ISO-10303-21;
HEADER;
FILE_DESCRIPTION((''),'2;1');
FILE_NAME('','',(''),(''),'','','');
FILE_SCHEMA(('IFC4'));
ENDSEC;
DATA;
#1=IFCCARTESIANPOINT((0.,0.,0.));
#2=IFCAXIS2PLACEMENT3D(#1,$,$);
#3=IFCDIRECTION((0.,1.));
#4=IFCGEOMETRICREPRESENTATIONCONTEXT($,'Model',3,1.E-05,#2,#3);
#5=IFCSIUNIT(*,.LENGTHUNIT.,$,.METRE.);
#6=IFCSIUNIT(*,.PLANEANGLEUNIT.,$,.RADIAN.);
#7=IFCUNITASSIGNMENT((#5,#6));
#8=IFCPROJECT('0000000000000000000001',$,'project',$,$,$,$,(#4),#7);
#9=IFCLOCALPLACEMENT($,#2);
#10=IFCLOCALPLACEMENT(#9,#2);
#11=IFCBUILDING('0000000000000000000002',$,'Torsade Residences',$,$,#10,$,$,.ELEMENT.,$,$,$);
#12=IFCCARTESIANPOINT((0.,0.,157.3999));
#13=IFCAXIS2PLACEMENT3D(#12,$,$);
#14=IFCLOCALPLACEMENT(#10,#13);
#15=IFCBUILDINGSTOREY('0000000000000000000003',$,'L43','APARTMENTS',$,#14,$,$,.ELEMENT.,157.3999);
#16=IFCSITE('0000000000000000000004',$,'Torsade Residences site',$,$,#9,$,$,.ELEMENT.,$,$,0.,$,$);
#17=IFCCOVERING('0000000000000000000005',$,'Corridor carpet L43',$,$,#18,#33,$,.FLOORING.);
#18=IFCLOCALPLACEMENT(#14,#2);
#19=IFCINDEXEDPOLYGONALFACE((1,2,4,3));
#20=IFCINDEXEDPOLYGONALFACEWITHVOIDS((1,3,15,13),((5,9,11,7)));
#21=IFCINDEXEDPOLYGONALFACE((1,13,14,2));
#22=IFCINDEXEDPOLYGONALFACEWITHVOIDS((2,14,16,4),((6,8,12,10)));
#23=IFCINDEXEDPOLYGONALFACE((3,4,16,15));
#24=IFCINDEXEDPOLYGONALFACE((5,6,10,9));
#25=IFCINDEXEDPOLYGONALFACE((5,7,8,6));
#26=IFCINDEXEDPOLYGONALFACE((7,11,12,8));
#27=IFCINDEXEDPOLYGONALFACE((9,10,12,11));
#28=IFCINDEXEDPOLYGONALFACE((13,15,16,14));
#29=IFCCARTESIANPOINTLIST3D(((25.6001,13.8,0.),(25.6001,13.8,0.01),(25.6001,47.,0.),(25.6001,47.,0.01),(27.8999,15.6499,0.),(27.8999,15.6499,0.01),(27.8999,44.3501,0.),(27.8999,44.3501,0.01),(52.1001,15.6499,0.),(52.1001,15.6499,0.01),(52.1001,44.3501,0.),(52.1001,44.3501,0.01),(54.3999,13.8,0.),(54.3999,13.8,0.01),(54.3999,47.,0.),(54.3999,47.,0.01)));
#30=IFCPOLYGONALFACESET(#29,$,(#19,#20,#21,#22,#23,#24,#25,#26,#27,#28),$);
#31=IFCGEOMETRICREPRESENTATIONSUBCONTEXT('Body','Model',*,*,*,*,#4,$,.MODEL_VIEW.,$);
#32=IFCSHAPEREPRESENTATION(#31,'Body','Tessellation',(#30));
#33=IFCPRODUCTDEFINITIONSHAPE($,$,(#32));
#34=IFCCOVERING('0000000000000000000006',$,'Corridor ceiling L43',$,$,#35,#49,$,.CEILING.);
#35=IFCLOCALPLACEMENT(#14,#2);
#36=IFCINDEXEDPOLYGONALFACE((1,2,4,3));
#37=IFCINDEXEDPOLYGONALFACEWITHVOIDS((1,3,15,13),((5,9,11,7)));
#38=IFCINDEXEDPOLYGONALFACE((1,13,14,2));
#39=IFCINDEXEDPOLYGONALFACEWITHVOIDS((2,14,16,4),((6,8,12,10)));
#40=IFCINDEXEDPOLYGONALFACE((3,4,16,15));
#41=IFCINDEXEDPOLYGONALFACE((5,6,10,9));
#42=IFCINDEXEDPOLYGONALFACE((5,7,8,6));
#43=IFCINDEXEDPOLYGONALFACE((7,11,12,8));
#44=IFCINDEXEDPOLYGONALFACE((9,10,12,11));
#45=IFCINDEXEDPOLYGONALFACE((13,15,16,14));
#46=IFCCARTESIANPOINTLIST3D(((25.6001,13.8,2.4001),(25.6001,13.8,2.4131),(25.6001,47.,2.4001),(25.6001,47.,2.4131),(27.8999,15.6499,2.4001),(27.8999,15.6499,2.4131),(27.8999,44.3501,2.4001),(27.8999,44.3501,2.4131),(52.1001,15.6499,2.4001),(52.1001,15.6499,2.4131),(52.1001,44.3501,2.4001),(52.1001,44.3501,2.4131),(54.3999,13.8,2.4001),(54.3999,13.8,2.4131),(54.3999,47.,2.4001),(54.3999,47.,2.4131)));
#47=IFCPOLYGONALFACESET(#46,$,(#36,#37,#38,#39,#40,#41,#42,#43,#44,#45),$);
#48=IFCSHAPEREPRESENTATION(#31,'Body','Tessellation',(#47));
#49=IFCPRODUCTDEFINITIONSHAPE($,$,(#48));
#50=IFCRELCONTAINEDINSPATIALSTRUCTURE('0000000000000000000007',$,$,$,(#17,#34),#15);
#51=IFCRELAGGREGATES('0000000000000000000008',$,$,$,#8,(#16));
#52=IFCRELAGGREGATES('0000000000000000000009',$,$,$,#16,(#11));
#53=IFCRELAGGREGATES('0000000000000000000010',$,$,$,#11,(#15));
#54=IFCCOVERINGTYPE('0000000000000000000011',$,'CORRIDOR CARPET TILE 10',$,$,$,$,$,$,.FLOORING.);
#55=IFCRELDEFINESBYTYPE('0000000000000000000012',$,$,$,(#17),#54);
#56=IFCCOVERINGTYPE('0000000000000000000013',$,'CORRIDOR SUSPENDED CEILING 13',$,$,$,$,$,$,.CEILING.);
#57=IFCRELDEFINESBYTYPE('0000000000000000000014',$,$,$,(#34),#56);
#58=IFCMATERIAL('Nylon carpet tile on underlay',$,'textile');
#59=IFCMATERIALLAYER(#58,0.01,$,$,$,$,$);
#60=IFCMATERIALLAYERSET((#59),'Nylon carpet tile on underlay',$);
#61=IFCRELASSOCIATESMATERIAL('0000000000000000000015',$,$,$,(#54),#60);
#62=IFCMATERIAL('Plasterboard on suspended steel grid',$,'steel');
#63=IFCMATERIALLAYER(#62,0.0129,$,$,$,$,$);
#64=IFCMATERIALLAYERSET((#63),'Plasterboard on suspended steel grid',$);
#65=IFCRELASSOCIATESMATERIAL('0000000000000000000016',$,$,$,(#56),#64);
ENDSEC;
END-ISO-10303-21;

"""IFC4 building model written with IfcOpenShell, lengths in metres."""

from ifc_helpers import new_model, si_unit, direction, frame, origin, place, context, subcontext, project, spatial, polyline, outline, extrude, material, layer, layer_set, type_object, element, save


model = new_model("IFC4")

# Units and contexts
model_context = context("Model", 3, precision=1e-05, world=origin(), true_north=direction((0.0, 1.0)))
body_context = subcontext(model_context, "Body", "Model", "MODEL_VIEW")
ifc_project = project(units=[si_unit("LENGTHUNIT", "METRE"), si_unit("PLANEANGLEUNIT", "RADIAN")], contexts=[model_context])

# Site, building, storey
site_placement = place(None, origin())
site = spatial("IfcSite", under=ifc_project, at=site_placement, Name="Torsade Residences site", CompositionType="ELEMENT", RefElevation=0.0)
building_placement = place(site_placement, origin())
building = spatial("IfcBuilding", under=site, at=building_placement, Name="Torsade Residences", CompositionType="ELEMENT")
storey_placement = place(building_placement, frame((0.0, 0.0, 157.3999)))
storey = spatial("IfcBuildingStorey", under=building, at=storey_placement, Name="L43", Description="APARTMENTS", CompositionType="ELEMENT", Elevation=157.3999)

# Coverings
ifc_material_1 = material(Name="Nylon carpet tile on underlay", Category="textile")
ifc_layer_1 = layer(ifc_material_1, 0.01)
ifc_layer_set_1 = layer_set([ifc_layer_1], Name="Nylon carpet tile on underlay")
covering_type_1 = type_object("IfcCoveringType", Name="CORRIDOR CARPET TILE 10", PredefinedType="FLOORING", material=ifc_layer_set_1)
covering_1_placement = place(storey_placement, origin())
element("IfcCovering", 1, at=covering_1_placement, inside=storey, type_object=covering_type_1, Name="Corridor carpet L43", PredefinedType="FLOORING", context=body_context, shape_type="SweptSolid", body=[
    extrude(outline(polyline([(25.6001, 47.0), (25.6001, 13.8), (54.3999, 13.8), (54.3999, 47.0), (25.6001, 47.0)]), holes=[polyline([(52.1001, 44.3501), (27.8999, 44.3501), (27.8999, 15.6499), (52.1001, 15.6499), (52.1001, 44.3501)])]), origin(), (0.0, 0.0, 1.0), 0.01),
])
ifc_material_2 = material(Name="Plasterboard on suspended steel grid", Category="steel")
ifc_layer_2 = layer(ifc_material_2, 0.0129)
ifc_layer_set_2 = layer_set([ifc_layer_2], Name="Plasterboard on suspended steel grid")
covering_type_2 = type_object("IfcCoveringType", Name="CORRIDOR SUSPENDED CEILING 13", PredefinedType="CEILING", material=ifc_layer_set_2)
covering_2_placement = place(storey_placement, frame((0.0, 0.0, 2.4001)))
element("IfcCovering", 2, at=covering_2_placement, inside=storey, type_object=covering_type_2, Name="Corridor ceiling L43", PredefinedType="CEILING", context=body_context, shape_type="SweptSolid", body=[
    extrude(outline(polyline([(25.6001, 47.0), (25.6001, 13.8), (54.3999, 13.8), (54.3999, 47.0), (25.6001, 47.0)]), holes=[polyline([(52.1001, 44.3501), (27.8999, 44.3501), (27.8999, 15.6499), (52.1001, 15.6499), (52.1001, 44.3501)])]), origin(), (0.0, 0.0, 1.0), 0.0129),
])

save(model, "model.ifc")
